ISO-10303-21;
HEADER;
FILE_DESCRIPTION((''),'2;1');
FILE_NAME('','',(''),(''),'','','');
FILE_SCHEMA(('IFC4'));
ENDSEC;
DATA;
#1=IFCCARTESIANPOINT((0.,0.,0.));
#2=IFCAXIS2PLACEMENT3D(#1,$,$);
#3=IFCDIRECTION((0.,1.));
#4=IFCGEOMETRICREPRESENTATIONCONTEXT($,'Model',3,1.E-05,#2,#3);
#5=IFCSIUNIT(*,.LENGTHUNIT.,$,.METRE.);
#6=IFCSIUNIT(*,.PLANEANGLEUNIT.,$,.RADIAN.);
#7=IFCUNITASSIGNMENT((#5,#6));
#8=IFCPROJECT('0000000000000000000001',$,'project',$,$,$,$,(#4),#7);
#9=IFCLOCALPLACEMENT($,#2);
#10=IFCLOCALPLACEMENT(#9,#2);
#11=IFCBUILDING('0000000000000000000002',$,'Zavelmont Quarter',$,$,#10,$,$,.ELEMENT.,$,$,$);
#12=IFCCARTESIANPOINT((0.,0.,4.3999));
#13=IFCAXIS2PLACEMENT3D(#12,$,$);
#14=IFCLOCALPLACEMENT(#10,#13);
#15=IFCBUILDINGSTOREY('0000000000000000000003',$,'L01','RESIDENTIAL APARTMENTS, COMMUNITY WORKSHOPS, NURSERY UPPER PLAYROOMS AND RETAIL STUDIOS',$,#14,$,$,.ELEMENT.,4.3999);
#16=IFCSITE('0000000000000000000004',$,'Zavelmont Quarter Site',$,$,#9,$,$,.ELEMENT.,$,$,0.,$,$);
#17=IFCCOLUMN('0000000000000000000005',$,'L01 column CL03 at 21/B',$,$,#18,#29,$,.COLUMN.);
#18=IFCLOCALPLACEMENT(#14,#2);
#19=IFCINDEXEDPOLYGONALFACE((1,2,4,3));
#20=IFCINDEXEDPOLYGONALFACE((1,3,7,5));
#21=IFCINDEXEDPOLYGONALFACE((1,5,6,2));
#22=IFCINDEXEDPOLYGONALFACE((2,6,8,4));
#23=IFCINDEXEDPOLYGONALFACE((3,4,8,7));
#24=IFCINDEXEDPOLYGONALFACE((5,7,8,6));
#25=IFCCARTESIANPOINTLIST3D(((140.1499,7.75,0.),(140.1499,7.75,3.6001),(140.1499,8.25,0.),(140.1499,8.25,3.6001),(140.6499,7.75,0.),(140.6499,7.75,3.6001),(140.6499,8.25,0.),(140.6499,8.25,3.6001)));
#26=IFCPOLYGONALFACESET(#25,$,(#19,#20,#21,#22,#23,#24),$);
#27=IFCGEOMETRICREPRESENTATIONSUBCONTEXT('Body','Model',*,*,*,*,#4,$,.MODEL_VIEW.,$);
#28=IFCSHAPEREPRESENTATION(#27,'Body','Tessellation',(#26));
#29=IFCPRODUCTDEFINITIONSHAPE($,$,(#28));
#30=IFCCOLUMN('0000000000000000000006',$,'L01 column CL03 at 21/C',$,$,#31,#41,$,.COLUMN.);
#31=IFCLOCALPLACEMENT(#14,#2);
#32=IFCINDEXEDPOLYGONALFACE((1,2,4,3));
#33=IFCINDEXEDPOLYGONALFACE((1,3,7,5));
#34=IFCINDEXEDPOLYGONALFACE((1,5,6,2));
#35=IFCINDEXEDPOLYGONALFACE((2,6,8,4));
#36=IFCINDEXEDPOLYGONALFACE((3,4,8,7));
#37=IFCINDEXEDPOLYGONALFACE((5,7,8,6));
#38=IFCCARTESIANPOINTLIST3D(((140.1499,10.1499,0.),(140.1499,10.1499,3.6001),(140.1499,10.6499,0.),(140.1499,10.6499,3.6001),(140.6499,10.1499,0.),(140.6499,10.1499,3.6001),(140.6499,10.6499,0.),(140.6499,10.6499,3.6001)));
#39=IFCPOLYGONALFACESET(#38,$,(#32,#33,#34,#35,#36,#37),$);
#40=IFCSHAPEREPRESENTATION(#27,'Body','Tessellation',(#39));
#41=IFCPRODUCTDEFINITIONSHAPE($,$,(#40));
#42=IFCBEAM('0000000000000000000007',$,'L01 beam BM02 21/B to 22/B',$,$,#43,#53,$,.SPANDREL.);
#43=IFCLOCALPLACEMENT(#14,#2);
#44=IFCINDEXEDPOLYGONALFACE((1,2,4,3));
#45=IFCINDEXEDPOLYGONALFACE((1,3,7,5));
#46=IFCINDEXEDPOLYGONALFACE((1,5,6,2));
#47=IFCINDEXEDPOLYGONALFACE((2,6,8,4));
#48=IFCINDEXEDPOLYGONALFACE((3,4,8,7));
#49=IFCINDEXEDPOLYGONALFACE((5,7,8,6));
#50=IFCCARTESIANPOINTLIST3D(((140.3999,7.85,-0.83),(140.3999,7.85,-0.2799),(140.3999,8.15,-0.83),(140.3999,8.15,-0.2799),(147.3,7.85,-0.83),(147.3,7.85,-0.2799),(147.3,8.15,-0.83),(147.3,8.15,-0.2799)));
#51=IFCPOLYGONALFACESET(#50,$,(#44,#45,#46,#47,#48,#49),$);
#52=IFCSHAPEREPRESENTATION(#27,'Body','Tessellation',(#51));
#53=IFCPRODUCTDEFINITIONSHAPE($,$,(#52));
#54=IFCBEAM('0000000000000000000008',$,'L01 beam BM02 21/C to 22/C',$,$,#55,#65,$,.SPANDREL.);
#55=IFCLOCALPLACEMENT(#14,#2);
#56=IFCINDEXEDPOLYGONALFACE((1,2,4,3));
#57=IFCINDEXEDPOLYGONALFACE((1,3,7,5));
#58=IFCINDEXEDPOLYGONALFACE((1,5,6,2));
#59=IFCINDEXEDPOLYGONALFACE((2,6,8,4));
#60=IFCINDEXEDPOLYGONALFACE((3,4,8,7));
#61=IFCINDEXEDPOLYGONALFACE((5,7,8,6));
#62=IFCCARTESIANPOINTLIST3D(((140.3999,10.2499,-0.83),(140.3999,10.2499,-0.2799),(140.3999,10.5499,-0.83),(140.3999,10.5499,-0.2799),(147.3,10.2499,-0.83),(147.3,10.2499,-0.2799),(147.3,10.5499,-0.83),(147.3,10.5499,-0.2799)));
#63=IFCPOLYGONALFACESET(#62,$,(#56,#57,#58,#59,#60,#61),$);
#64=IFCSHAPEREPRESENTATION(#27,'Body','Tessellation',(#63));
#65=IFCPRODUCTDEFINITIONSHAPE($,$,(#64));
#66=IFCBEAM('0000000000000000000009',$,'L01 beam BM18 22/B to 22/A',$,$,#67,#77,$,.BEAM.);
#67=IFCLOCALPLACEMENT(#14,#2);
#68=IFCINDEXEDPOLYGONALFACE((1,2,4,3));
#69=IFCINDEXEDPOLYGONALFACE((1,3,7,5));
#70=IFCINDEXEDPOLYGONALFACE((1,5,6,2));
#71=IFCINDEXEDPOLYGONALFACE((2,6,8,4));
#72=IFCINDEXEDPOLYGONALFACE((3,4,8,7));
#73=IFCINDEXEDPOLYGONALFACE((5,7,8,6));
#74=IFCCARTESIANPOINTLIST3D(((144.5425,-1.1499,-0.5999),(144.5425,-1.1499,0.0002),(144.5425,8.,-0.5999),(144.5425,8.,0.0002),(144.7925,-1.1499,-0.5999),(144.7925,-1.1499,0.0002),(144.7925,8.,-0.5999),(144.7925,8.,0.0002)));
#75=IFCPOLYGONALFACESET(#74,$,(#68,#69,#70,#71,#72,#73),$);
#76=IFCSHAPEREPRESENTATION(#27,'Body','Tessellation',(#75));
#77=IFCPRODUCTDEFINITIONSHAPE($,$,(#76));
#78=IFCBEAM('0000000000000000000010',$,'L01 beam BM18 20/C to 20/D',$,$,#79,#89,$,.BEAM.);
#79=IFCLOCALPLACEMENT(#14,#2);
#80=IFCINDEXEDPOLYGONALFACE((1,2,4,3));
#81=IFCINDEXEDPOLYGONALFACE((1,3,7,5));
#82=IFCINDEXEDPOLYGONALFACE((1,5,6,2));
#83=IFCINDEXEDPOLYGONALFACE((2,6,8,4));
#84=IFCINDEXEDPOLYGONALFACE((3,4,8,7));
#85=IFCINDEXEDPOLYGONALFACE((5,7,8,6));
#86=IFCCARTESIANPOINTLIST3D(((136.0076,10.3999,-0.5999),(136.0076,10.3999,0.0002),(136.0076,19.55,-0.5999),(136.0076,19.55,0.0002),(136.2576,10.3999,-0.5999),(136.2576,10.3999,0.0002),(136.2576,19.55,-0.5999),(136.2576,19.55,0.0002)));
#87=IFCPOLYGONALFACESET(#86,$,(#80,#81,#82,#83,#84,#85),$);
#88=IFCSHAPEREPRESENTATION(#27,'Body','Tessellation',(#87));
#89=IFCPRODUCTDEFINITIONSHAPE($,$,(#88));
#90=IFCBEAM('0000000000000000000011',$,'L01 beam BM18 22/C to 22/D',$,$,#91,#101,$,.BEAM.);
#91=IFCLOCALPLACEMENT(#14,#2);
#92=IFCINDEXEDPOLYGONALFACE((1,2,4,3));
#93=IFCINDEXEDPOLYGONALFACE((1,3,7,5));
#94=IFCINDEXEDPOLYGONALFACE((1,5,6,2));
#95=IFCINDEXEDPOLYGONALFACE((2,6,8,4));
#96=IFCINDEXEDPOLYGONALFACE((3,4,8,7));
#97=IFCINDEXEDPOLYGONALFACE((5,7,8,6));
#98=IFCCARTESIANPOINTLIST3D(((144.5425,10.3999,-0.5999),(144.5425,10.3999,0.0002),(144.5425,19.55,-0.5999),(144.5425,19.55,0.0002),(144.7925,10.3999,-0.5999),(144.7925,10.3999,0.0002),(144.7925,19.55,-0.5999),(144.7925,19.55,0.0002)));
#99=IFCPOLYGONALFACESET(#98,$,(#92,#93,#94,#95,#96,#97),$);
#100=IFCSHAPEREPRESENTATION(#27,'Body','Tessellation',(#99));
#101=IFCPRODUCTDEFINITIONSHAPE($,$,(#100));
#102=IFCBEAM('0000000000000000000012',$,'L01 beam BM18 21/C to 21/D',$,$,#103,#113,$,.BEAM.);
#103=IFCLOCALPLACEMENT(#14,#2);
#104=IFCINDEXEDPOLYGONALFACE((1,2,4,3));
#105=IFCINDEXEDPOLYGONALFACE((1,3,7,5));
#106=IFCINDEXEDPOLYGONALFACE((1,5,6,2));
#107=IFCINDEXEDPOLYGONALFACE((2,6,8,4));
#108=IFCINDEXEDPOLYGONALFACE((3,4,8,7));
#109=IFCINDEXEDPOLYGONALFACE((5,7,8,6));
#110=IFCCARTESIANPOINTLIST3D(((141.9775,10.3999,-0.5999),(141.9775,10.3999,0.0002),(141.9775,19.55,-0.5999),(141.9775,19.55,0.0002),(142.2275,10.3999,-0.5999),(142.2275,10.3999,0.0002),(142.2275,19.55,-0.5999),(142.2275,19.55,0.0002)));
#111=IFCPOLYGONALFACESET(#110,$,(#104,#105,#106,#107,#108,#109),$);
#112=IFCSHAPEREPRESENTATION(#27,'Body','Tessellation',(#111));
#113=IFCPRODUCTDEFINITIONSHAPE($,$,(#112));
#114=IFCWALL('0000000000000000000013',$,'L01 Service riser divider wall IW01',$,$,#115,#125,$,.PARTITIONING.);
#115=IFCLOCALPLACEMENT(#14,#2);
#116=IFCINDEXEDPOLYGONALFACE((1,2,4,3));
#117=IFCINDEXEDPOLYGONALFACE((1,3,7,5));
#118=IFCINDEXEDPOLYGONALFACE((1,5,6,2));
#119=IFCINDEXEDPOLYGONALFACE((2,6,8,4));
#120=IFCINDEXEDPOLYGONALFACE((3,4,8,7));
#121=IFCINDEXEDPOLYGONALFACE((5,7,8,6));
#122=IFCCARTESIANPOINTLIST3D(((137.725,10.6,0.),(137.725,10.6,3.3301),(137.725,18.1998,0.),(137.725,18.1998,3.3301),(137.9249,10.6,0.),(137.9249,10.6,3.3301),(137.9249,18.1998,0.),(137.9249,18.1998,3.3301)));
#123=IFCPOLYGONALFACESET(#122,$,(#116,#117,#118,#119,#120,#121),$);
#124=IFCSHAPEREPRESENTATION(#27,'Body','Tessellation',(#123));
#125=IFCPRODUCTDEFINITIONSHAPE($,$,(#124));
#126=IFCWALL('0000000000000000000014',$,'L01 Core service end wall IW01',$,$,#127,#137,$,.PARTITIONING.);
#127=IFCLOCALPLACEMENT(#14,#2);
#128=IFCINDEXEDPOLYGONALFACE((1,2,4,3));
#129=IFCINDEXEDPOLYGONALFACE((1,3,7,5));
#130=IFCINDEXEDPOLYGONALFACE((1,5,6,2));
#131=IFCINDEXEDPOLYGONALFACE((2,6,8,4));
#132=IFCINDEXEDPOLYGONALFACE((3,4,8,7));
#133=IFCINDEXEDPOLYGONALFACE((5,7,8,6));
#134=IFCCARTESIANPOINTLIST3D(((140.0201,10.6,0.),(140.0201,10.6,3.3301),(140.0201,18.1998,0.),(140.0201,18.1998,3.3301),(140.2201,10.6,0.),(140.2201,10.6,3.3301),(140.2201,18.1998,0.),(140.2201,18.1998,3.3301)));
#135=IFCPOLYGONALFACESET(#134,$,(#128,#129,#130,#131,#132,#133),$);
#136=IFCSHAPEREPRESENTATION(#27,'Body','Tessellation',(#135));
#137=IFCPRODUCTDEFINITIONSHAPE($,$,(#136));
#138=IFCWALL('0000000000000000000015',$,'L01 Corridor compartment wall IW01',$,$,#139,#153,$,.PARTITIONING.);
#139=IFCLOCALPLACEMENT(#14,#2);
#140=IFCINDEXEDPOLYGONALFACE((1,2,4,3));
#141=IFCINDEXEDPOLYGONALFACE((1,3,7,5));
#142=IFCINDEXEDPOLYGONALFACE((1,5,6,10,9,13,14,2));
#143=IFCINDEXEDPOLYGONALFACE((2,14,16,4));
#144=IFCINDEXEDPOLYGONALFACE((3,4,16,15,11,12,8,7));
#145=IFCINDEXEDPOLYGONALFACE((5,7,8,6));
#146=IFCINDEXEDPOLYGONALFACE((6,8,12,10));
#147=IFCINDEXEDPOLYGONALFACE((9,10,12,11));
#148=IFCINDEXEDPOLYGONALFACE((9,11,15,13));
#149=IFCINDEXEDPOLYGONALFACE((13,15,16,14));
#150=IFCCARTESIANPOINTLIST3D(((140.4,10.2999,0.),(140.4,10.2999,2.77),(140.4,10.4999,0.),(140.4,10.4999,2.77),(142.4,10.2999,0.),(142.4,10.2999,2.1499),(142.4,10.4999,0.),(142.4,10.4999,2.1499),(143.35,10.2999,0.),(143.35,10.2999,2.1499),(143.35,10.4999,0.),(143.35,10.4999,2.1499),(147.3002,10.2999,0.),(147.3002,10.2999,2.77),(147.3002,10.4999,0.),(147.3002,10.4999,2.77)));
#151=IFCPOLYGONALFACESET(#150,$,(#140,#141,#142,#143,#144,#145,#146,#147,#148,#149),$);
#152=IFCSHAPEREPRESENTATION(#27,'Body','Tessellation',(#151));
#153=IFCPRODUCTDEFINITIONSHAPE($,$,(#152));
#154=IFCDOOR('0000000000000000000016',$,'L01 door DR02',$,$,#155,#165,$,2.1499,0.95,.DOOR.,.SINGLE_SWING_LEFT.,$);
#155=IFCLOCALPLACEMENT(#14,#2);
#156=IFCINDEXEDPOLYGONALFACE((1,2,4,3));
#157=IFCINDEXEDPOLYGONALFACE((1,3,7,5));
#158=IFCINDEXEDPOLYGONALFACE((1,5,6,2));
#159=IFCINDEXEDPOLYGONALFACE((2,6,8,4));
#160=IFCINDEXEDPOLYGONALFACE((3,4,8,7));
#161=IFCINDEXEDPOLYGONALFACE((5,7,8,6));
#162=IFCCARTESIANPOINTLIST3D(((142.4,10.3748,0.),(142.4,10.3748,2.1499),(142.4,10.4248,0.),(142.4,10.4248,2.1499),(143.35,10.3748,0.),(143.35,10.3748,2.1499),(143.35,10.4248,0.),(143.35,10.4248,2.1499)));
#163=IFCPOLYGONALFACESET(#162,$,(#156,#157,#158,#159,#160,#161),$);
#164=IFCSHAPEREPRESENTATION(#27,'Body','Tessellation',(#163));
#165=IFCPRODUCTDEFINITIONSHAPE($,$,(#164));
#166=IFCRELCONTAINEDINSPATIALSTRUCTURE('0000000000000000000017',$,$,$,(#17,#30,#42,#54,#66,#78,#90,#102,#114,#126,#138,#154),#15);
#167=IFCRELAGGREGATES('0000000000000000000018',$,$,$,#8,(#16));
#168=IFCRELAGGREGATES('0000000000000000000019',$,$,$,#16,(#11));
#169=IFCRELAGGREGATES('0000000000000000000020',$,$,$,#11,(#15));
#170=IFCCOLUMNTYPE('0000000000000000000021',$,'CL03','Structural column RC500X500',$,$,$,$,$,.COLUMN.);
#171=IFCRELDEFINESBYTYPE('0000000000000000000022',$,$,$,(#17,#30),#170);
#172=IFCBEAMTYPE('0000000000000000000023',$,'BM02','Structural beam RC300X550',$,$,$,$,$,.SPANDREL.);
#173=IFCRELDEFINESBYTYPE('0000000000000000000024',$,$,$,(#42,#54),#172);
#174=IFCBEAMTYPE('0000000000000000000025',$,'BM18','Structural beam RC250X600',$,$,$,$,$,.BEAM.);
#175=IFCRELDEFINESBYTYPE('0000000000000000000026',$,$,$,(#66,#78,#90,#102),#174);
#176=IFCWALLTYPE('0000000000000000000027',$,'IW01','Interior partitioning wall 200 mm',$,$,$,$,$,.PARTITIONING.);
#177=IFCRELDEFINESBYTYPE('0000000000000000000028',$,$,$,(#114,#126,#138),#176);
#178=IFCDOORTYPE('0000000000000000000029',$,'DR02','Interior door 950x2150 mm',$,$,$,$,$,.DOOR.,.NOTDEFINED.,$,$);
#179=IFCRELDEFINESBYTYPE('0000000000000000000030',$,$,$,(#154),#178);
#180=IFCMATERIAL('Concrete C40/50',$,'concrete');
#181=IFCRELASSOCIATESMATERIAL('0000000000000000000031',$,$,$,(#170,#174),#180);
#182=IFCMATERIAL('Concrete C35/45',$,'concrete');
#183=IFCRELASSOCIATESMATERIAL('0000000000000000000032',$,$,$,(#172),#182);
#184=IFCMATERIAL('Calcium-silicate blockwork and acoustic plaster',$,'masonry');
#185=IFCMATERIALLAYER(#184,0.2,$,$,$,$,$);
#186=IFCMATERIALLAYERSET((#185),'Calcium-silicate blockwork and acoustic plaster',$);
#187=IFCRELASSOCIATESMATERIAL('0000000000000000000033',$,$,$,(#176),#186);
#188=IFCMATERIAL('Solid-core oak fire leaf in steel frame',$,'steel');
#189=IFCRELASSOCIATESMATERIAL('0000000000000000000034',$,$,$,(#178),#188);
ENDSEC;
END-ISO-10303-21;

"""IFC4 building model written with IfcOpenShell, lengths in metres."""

from ifc_helpers import new_model, si_unit, direction, frame, frame_2d, origin, origin_with_axes, origin_2d, place, context, subcontext, project, spatial, rectangle, extrude, material, layer, layer_set, material_profile, profile_set, type_object, element, fill, save


model = new_model("IFC4")

# Units and contexts
model_context = context("Model", 3, precision=1e-05, world=origin(), true_north=direction((0.0, 1.0)))
body_context = subcontext(model_context, "Body", "Model", "MODEL_VIEW")
ifc_project = project(units=[si_unit("LENGTHUNIT", "METRE"), si_unit("PLANEANGLEUNIT", "RADIAN")], contexts=[model_context])

# Site, building, storey
site_placement = place(None, origin())
site = spatial("IfcSite", under=ifc_project, at=site_placement, Name="Zavelmont Quarter Site", CompositionType="ELEMENT", RefElevation=0.0)
building_placement = place(site_placement, origin())
building = spatial("IfcBuilding", under=site, at=building_placement, Name="Zavelmont Quarter", CompositionType="ELEMENT")
storey_placement = place(building_placement, frame((0.0, 0.0, 4.3999)))
storey = spatial("IfcBuildingStorey", under=building, at=storey_placement, Name="L01", Description="RESIDENTIAL APARTMENTS, COMMUNITY WORKSHOPS, NURSERY UPPER PLAYROOMS AND RETAIL STUDIOS", CompositionType="ELEMENT", Elevation=4.3999)

# Columns
ifc_material_1 = material(Name="Concrete C40/50", Category="concrete")
ifc_material_profile_1 = material_profile(ifc_material_1, rectangle(XDim=0.5, YDim=0.5, at=origin_2d()), Name="RC500X500")
ifc_profile_set_1 = profile_set([ifc_material_profile_1], Name="Concrete C40/50")
column_type = type_object("IfcColumnType", Name="CL03", Description="Structural column RC500X500", PredefinedType="COLUMN", material=ifc_profile_set_1)
for number, where, z_axis, x_axis, name in (
    (1, (140.3999, 8.0, 0.0), (0.0, 0.0, 1.0), (1.0, 0.0, 0.0), "L01 column CL03 at 21/B"),
    (2, (140.3999, 10.3999, 0.0), (0.0, 0.0, 1.0), (1.0, 0.0, 0.0), "L01 column CL03 at 21/C"),
):
    element("IfcColumn", number, at=place(storey_placement, frame(where, z_axis=z_axis, x_axis=x_axis)), inside=storey, type_object=column_type, Name=name, PredefinedType="COLUMN", context=body_context, shape_type="SweptSolid", body=[
        extrude(rectangle(XDim=0.5, YDim=0.5, at=origin_2d()), origin(), (0.0, 0.0, 1.0), 3.6001),
    ])

# Beams
ifc_material_2 = material(Name="Concrete C35/45", Category="concrete")
ifc_material_profile_2 = material_profile(ifc_material_2, rectangle(XDim=0.3, YDim=0.55, at=origin_2d()), Name="RC300X550")
ifc_profile_set_2 = profile_set([ifc_material_profile_2], Name="Concrete C35/45")
beam_type_1 = type_object("IfcBeamType", Name="BM02", Description="Structural beam RC300X550", PredefinedType="SPANDREL", material=ifc_profile_set_2)
for number, where, z_axis, x_axis, name in (
    (3, (140.3999, 8.0, -0.5549), (1.0, 0.0, 0.0), (0.0, 1.0, 0.0), "L01 beam BM02 21/B to 22/B"),
    (4, (140.3999, 10.3999, -0.5549), (1.0, 0.0, 0.0), (0.0, 1.0, 0.0), "L01 beam BM02 21/C to 22/C"),
):
    element("IfcBeam", number, at=place(storey_placement, frame(where, z_axis=z_axis, x_axis=x_axis)), inside=storey, type_object=beam_type_1, Name=name, PredefinedType="SPANDREL", context=body_context, shape_type="SweptSolid", body=[
        extrude(rectangle(XDim=0.3, YDim=0.55, at=origin_2d()), origin(), (0.0, 0.0, 1.0), 6.9001),
    ])
ifc_material_profile_3 = material_profile(ifc_material_1, rectangle(XDim=0.25, YDim=0.6001, at=origin_2d()), Name="RC250X600")
ifc_profile_set_3 = profile_set([ifc_material_profile_3], Name="Concrete C40/50")
beam_type_2 = type_object("IfcBeamType", Name="BM18", Description="Structural beam RC250X600", PredefinedType="BEAM", material=ifc_profile_set_3)
beam_placement = place(storey_placement, frame((144.6675, 8.0, -0.2998), z_axis=(0.0, -1.0, 0.0), x_axis=(1.0, 0.0, 0.0)))
element("IfcBeam", 5, at=beam_placement, inside=storey, type_object=beam_type_2, Name="L01 beam BM18 22/B to 22/A", PredefinedType="BEAM", context=body_context, shape_type="SweptSolid", body=[
    extrude(rectangle(XDim=0.25, YDim=0.6001, at=origin_2d()), origin(), (0.0, 0.0, 1.0), 9.1499),
])
for number, where, z_axis, x_axis, name in (
    (6, (136.1326, 10.3999, -0.2998), (0.0, 1.0, 0.0), (-1.0, 0.0, 0.0), "L01 beam BM18 20/C to 20/D"),
    (7, (144.6675, 10.3999, -0.2998), (0.0, 1.0, 0.0), (-1.0, 0.0, 0.0), "L01 beam BM18 22/C to 22/D"),
    (8, (142.1025, 10.3999, -0.2998), (0.0, 1.0, 0.0), (-1.0, 0.0, 0.0), "L01 beam BM18 21/C to 21/D"),
):
    element("IfcBeam", number, at=place(storey_placement, frame(where, z_axis=z_axis, x_axis=x_axis)), inside=storey, type_object=beam_type_2, Name=name, PredefinedType="BEAM", context=body_context, shape_type="SweptSolid", body=[
        extrude(rectangle(XDim=0.25, YDim=0.6001, at=origin_2d()), origin(), (0.0, 0.0, 1.0), 9.1501),
    ])

# Walls
ifc_material_3 = material(Name="Calcium-silicate blockwork and acoustic plaster", Category="masonry")
ifc_layer_1 = layer(ifc_material_3, 0.2)
ifc_layer_set_1 = layer_set([ifc_layer_1], Name="Calcium-silicate blockwork and acoustic plaster")
wall_type_1 = type_object("IfcWallType", Name="IW01", Description="Interior partitioning wall 200 mm", PredefinedType="PARTITIONING", material=ifc_layer_set_1)
for number, where, z_axis, x_axis, name in (
    (9, (137.825, 10.6001, 0.0), (0.0, 0.0, 1.0), (0.0, 1.0, 0.0), "L01 Service riser divider wall IW01"),
    (10, (140.1201, 10.6001, 0.0), (0.0, 0.0, 1.0), (0.0, 1.0, 0.0), "L01 Core service end wall IW01"),
):
    element("IfcWall", number, at=place(storey_placement, frame(where, z_axis=z_axis, x_axis=x_axis)), inside=storey, type_object=wall_type_1, Name=name, PredefinedType="PARTITIONING", context=body_context, shape_type="SweptSolid", body=[
        extrude(rectangle(XDim=7.5999, YDim=0.2, at=frame_2d((3.7998, 0.0))), origin(), (0.0, 0.0, 1.0), 3.3301),
    ])

# Wall, opening, door
wall_1_placement = place(storey_placement, frame((140.3999, 10.3999, 0.0), z_axis=(0.0, 0.0, 1.0), x_axis=(1.0, 0.0, 0.0)))
wall_1 = element("IfcWall", 11, at=wall_1_placement, inside=storey, type_object=wall_type_1, Name="L01 Corridor compartment wall IW01", PredefinedType="PARTITIONING", context=body_context, shape_type="SweptSolid", body=[
    extrude(rectangle(XDim=6.9001, YDim=0.2, at=frame_2d((3.4502, 0.0))), origin(), (0.0, 0.0, 1.0), 2.77),
])
opening_1_placement = place(wall_1_placement, frame((2.0, 0.0, 0.0)))
opening_1 = element("IfcOpeningElement", 12, at=opening_1_placement, cuts=wall_1, PredefinedType="OPENING", context=body_context, shape_type="SweptSolid", body=[
    extrude(rectangle(XDim=0.95, YDim=2.1499, at=frame_2d((0.4751, 1.075))), frame((0.0, 0.1118, 0.0), z_axis=(0.0, -1.0, 0.0), x_axis=(1.0, 0.0, 0.0)), (0.0, 0.0, 1.0), 0.2239),
])
ifc_material_4 = material(Name="Solid-core oak fire leaf in steel frame", Category="steel")
door_type_1 = type_object("IfcDoorType", Name="DR02", Description="Interior door 950x2150 mm", OperationType="NOTDEFINED", PredefinedType="DOOR", material=ifc_material_4)
door_1_placement = place(opening_1_placement, origin_with_axes())
door_1 = element("IfcDoor", 13, at=door_1_placement, inside=storey, type_object=door_type_1, Name="L01 door DR02", OperationType="SINGLE_SWING_LEFT", OverallHeight=2.1499, OverallWidth=0.95, PredefinedType="DOOR", context=body_context, shape_type="SweptSolid", body=[
    extrude(rectangle(XDim=0.95, YDim=2.1499, at=frame_2d((0.4751, 1.075))), frame((0.0, 0.0249, 0.0), z_axis=(0.0, -1.0, 0.0), x_axis=(1.0, 0.0, 0.0)), (0.0, 0.0, 1.0), 0.05),
])
fill(opening_1, door_1)

save(model, "model.ifc")
